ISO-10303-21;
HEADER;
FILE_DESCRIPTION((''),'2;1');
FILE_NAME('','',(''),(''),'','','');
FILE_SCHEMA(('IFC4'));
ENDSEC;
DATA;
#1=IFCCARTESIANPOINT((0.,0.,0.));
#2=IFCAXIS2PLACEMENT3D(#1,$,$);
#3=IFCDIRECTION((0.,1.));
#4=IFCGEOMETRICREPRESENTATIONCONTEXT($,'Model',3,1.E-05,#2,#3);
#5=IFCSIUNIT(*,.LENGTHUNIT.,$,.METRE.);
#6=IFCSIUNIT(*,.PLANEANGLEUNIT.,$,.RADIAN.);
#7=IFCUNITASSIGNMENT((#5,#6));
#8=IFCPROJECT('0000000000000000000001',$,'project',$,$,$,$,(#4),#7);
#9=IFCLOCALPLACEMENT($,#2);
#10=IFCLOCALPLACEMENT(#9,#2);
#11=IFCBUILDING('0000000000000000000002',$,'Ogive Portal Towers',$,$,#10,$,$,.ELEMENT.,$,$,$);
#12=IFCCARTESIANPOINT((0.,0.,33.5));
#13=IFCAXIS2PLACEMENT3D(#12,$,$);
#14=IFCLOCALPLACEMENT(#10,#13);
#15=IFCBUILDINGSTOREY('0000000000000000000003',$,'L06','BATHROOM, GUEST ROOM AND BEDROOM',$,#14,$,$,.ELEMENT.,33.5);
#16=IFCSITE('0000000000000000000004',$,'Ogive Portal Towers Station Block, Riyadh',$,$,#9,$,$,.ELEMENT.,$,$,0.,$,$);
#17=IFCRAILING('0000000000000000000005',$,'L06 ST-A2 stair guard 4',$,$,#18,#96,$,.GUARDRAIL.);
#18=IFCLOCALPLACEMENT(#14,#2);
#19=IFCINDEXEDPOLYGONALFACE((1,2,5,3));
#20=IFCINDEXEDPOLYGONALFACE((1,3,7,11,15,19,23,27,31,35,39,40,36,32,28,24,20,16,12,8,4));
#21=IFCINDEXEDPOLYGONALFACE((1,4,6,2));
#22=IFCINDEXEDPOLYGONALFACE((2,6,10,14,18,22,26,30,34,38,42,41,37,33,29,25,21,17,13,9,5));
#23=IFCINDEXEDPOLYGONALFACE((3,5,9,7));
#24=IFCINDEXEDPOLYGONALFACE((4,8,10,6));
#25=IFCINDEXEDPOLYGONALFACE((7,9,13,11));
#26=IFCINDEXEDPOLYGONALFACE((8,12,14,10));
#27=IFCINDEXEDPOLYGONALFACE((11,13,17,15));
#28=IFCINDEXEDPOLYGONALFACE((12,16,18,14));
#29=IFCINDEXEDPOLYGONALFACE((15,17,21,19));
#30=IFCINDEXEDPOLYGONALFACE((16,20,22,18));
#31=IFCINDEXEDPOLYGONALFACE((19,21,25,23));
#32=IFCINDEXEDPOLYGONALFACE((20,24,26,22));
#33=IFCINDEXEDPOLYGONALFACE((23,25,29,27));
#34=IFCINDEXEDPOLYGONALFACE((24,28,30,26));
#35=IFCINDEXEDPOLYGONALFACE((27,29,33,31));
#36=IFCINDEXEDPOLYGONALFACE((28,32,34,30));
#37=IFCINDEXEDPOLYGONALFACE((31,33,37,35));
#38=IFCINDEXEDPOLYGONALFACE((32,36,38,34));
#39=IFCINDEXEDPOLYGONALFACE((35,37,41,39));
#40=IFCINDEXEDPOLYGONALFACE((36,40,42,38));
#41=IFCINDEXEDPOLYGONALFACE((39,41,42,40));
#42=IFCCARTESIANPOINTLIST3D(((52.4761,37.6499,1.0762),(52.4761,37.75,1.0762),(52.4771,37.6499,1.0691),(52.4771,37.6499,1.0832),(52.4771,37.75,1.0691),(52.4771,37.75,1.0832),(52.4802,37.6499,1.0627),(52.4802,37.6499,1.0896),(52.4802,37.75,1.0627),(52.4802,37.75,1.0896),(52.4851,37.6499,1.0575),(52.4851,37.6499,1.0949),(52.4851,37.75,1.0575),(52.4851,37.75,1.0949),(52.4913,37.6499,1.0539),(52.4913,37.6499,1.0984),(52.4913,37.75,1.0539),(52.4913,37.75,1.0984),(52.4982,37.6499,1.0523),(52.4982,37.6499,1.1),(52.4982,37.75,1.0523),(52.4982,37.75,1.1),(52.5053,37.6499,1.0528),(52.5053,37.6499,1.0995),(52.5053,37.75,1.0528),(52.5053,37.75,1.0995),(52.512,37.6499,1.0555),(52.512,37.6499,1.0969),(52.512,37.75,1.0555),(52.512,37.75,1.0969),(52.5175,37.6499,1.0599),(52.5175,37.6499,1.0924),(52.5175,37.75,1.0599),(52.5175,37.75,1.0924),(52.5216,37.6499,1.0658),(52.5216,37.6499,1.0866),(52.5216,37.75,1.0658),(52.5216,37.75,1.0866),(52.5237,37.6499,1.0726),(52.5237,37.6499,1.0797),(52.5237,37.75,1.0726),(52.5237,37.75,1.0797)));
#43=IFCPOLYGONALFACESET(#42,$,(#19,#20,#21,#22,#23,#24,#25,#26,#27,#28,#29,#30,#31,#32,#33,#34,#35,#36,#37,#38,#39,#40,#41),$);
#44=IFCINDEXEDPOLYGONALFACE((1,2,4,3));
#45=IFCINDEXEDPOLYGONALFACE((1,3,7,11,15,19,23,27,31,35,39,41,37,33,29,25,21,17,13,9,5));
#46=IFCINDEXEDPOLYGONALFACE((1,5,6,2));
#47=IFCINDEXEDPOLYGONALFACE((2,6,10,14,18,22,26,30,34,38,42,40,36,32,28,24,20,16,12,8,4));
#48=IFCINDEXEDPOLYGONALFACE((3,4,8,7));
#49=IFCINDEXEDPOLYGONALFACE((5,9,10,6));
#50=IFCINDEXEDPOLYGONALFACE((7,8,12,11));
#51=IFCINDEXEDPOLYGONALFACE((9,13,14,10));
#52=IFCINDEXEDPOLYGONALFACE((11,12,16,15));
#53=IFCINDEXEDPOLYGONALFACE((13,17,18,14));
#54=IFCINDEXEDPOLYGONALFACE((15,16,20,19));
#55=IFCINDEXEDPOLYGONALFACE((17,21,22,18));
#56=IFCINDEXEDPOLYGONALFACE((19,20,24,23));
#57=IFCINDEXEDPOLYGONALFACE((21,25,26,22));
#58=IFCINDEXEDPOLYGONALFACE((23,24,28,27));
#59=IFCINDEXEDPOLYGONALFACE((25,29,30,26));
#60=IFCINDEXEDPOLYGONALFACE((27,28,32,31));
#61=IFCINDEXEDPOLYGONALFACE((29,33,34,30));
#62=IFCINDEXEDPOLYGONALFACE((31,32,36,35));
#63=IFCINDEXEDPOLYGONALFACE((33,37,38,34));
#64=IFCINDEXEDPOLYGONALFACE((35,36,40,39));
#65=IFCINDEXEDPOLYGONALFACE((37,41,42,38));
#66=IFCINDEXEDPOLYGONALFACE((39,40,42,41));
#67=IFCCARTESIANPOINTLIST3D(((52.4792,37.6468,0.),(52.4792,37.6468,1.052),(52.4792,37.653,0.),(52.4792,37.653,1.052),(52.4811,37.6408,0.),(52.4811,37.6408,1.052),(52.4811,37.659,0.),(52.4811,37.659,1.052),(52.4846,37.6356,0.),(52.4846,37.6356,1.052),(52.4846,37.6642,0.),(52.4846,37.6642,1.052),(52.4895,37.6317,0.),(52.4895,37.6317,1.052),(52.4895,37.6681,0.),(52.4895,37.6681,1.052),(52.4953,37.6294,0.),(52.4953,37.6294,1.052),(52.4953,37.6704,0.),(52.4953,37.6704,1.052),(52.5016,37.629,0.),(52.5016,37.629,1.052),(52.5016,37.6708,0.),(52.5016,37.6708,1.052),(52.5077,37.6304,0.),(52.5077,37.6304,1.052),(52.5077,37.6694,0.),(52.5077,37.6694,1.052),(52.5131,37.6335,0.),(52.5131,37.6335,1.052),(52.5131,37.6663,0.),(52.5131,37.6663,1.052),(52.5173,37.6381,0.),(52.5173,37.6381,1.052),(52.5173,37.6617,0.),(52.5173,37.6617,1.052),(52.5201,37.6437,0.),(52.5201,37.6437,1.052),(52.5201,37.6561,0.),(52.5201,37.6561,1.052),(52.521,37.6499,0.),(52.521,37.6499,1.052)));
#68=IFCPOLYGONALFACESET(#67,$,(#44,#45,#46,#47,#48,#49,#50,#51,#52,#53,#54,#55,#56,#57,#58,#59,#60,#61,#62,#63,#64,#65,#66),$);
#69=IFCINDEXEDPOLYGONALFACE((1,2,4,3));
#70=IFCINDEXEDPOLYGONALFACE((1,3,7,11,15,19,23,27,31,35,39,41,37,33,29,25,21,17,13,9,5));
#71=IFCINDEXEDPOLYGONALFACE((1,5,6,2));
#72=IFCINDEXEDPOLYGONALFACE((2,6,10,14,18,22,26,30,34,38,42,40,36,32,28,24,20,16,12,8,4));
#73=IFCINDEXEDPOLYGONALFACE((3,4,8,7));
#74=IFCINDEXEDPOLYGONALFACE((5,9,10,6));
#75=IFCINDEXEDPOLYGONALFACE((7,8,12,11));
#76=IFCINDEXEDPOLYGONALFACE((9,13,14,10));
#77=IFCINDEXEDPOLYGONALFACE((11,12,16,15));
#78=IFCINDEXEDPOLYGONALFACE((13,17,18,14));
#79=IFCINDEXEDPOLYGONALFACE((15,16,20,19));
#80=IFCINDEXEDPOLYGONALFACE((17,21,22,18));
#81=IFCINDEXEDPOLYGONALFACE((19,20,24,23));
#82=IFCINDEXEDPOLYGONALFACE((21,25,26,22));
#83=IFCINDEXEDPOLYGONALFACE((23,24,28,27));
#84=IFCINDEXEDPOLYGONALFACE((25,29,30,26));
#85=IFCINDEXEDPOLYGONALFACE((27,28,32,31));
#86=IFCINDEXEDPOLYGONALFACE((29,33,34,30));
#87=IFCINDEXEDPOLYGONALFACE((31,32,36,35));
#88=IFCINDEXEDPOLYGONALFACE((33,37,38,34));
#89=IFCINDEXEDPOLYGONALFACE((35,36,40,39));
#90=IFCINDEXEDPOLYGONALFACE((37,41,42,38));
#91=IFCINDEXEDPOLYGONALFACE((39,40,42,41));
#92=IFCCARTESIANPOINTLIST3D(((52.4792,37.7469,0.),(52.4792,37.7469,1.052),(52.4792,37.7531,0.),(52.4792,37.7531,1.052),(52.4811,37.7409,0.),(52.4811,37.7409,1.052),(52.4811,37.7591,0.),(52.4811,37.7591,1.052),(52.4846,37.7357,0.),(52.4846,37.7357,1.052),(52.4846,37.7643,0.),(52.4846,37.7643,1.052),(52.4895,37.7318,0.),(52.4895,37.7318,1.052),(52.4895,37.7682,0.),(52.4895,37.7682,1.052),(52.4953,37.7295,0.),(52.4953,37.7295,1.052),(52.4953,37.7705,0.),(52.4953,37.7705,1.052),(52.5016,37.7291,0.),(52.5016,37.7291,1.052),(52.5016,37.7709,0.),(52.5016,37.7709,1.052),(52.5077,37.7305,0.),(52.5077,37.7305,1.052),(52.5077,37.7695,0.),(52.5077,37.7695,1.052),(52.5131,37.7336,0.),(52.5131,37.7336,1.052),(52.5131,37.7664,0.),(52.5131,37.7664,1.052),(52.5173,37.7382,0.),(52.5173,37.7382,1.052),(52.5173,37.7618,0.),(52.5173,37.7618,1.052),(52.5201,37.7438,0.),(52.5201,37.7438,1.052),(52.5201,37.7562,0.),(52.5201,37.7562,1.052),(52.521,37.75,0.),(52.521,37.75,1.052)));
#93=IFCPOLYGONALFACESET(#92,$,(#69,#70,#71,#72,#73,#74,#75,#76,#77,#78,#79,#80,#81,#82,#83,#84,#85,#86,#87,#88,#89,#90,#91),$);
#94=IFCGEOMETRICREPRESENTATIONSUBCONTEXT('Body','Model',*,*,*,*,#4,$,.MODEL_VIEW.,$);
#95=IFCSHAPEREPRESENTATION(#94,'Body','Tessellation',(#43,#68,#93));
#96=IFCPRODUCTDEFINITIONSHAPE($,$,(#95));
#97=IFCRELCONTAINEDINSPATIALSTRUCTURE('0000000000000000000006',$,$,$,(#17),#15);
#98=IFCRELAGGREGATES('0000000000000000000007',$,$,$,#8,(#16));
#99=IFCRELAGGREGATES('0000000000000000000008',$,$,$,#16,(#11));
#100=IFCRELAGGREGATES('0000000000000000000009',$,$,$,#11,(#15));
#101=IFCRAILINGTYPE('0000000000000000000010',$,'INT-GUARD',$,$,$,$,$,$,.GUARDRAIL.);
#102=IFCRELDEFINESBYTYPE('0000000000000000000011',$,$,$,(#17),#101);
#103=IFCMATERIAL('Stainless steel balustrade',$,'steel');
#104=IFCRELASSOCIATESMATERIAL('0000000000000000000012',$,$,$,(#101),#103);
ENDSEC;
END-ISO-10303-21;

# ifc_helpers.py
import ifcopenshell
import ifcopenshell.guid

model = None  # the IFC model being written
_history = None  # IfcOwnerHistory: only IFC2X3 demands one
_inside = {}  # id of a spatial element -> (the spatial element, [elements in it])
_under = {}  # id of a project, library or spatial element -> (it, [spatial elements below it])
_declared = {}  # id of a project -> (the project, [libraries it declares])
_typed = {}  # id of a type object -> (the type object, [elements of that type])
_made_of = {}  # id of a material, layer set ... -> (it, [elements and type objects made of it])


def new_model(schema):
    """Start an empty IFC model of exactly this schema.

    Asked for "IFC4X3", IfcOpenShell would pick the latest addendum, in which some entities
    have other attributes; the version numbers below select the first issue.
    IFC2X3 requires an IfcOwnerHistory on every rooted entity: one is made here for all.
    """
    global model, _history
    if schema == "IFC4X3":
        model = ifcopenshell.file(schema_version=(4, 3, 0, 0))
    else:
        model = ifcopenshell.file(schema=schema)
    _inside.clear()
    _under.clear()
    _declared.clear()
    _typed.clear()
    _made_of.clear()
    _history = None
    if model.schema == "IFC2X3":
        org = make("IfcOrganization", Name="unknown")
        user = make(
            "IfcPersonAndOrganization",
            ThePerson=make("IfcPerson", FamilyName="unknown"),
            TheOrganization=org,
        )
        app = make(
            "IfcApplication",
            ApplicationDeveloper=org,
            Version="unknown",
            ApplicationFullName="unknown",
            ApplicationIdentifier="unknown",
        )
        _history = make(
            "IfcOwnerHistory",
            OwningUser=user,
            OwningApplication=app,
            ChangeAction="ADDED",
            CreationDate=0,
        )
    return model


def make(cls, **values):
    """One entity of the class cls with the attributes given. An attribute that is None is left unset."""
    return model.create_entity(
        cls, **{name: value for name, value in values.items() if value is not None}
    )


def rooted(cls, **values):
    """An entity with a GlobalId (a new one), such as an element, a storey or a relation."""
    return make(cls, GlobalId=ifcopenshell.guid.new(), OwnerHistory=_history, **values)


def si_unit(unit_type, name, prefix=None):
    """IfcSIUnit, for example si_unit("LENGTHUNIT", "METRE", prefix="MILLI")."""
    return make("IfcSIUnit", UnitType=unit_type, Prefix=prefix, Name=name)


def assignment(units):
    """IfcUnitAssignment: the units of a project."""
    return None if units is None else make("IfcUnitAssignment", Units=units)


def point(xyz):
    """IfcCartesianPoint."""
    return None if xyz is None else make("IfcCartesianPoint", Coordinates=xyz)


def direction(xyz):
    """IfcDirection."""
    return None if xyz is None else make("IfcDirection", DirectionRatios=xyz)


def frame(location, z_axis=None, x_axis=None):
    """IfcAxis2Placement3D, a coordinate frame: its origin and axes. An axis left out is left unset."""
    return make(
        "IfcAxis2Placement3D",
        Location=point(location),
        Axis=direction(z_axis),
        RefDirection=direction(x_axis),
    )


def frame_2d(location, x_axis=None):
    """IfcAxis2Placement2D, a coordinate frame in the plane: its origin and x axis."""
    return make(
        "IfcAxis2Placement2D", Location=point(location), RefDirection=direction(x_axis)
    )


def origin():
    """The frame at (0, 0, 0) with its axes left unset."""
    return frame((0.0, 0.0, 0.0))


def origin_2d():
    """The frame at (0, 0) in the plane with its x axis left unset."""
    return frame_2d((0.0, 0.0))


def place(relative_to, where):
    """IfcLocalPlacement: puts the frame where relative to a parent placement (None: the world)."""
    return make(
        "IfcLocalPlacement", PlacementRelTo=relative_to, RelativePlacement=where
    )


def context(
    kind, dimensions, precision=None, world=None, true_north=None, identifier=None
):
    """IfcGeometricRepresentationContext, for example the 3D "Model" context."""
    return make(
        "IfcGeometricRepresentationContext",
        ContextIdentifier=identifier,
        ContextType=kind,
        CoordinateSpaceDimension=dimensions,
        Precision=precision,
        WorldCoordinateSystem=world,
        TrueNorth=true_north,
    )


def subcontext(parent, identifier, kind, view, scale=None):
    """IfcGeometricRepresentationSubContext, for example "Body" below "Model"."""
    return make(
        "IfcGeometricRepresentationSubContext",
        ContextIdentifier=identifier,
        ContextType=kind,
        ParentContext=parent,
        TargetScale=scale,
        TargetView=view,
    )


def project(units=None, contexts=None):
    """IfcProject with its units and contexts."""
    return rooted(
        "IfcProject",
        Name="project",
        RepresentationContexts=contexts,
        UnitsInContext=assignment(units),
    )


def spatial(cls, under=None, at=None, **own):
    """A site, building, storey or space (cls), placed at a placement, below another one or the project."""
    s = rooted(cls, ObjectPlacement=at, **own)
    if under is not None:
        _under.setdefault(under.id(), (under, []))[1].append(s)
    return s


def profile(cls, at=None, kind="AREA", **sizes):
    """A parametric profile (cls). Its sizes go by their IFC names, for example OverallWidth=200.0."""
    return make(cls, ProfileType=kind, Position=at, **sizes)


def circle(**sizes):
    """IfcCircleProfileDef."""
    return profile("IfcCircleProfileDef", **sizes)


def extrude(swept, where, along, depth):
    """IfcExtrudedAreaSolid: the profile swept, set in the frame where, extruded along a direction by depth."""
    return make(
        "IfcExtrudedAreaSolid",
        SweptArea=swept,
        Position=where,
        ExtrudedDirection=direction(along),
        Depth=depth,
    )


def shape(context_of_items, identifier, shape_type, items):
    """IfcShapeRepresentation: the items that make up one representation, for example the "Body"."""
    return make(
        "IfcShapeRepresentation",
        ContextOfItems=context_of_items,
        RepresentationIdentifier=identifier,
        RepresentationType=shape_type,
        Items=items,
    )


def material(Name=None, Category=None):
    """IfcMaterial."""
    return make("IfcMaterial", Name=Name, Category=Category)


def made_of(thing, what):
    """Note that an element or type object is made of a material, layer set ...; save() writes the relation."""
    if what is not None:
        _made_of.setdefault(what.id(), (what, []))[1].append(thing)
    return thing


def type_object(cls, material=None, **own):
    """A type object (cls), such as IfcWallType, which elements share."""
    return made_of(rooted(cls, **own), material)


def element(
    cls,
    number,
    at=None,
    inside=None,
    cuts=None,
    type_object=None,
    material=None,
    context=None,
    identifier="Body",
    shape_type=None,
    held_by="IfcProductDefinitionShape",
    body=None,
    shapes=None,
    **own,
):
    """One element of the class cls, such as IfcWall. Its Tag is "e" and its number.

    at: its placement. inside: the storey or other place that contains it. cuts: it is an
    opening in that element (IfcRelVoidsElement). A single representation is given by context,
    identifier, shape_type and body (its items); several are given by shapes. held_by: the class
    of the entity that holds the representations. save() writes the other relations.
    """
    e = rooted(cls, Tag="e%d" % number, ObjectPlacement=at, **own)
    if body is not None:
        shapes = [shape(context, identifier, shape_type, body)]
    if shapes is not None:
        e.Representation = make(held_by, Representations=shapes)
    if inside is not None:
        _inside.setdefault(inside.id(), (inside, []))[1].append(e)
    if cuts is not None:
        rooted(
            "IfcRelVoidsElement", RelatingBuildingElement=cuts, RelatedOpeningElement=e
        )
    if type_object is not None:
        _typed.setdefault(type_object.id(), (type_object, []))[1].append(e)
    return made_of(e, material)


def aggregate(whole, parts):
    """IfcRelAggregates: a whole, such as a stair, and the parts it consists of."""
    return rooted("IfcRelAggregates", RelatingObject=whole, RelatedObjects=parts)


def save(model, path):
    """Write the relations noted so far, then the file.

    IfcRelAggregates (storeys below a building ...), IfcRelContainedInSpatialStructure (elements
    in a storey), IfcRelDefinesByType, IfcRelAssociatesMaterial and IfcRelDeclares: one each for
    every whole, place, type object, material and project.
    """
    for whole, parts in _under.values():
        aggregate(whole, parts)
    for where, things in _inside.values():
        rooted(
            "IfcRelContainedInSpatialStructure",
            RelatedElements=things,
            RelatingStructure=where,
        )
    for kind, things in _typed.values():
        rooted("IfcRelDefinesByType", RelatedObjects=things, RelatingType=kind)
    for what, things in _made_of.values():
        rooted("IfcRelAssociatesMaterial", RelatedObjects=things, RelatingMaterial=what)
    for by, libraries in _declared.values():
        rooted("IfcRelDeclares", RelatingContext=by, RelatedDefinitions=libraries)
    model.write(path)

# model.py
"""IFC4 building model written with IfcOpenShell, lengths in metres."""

from ifc_helpers import new_model, si_unit, direction, frame, origin, origin_2d, place, context, subcontext, project, spatial, circle, extrude, material, type_object, element, save


model = new_model("IFC4")

# Units and contexts
model_context = context("Model", 3, precision=1e-05, world=origin(), true_north=direction((0.0, 1.0)))
body_context = subcontext(model_context, "Body", "Model", "MODEL_VIEW")
ifc_project = project(units=[si_unit("LENGTHUNIT", "METRE"), si_unit("PLANEANGLEUNIT", "RADIAN")], contexts=[model_context])

# Site, building, storey
site_placement = place(None, origin())
site = spatial("IfcSite", under=ifc_project, at=site_placement, Name="Ogive Portal Towers Station Block, Riyadh", CompositionType="ELEMENT", RefElevation=0.0)
building_placement = place(site_placement, origin())
building = spatial("IfcBuilding", under=site, at=building_placement, Name="Ogive Portal Towers", CompositionType="ELEMENT")
storey_placement = place(building_placement, frame((0.0, 0.0, 33.5)))
storey = spatial("IfcBuildingStorey", under=building, at=storey_placement, Name="L06", Description="BATHROOM, GUEST ROOM AND BEDROOM", CompositionType="ELEMENT", Elevation=33.5)

# Railing
ifc_material_1 = material(Name="Stainless steel balustrade", Category="steel")
railing_type_1 = type_object("IfcRailingType", Name="INT-GUARD", PredefinedType="GUARDRAIL", material=ifc_material_1)
railing_1_placement = place(storey_placement, frame((52.5, 37.6499, 0.0)))
element("IfcRailing", 1, at=railing_1_placement, inside=storey, type_object=railing_type_1, Name="L06 ST-A2 stair guard 4", PredefinedType="GUARDRAIL", context=body_context, shape_type="SweptSolid", body=[
    extrude(circle(Radius=0.0239, at=origin_2d()), frame((0.0, 0.0, 1.0762), z_axis=(0.0, 1.0, 0.0), x_axis=(-1.0, 0.0, 0.0)), (0.0, 0.0, 1.0), 0.1001),
    extrude(circle(Radius=0.021, at=origin_2d()), origin(), (0.0, 0.0, 1.0), 1.052),
    extrude(circle(Radius=0.021, at=origin_2d()), frame((0.0, 0.1001, 0.0)), (0.0, 0.0, 1.0), 1.052),
])

save(model, "model.ifc")
